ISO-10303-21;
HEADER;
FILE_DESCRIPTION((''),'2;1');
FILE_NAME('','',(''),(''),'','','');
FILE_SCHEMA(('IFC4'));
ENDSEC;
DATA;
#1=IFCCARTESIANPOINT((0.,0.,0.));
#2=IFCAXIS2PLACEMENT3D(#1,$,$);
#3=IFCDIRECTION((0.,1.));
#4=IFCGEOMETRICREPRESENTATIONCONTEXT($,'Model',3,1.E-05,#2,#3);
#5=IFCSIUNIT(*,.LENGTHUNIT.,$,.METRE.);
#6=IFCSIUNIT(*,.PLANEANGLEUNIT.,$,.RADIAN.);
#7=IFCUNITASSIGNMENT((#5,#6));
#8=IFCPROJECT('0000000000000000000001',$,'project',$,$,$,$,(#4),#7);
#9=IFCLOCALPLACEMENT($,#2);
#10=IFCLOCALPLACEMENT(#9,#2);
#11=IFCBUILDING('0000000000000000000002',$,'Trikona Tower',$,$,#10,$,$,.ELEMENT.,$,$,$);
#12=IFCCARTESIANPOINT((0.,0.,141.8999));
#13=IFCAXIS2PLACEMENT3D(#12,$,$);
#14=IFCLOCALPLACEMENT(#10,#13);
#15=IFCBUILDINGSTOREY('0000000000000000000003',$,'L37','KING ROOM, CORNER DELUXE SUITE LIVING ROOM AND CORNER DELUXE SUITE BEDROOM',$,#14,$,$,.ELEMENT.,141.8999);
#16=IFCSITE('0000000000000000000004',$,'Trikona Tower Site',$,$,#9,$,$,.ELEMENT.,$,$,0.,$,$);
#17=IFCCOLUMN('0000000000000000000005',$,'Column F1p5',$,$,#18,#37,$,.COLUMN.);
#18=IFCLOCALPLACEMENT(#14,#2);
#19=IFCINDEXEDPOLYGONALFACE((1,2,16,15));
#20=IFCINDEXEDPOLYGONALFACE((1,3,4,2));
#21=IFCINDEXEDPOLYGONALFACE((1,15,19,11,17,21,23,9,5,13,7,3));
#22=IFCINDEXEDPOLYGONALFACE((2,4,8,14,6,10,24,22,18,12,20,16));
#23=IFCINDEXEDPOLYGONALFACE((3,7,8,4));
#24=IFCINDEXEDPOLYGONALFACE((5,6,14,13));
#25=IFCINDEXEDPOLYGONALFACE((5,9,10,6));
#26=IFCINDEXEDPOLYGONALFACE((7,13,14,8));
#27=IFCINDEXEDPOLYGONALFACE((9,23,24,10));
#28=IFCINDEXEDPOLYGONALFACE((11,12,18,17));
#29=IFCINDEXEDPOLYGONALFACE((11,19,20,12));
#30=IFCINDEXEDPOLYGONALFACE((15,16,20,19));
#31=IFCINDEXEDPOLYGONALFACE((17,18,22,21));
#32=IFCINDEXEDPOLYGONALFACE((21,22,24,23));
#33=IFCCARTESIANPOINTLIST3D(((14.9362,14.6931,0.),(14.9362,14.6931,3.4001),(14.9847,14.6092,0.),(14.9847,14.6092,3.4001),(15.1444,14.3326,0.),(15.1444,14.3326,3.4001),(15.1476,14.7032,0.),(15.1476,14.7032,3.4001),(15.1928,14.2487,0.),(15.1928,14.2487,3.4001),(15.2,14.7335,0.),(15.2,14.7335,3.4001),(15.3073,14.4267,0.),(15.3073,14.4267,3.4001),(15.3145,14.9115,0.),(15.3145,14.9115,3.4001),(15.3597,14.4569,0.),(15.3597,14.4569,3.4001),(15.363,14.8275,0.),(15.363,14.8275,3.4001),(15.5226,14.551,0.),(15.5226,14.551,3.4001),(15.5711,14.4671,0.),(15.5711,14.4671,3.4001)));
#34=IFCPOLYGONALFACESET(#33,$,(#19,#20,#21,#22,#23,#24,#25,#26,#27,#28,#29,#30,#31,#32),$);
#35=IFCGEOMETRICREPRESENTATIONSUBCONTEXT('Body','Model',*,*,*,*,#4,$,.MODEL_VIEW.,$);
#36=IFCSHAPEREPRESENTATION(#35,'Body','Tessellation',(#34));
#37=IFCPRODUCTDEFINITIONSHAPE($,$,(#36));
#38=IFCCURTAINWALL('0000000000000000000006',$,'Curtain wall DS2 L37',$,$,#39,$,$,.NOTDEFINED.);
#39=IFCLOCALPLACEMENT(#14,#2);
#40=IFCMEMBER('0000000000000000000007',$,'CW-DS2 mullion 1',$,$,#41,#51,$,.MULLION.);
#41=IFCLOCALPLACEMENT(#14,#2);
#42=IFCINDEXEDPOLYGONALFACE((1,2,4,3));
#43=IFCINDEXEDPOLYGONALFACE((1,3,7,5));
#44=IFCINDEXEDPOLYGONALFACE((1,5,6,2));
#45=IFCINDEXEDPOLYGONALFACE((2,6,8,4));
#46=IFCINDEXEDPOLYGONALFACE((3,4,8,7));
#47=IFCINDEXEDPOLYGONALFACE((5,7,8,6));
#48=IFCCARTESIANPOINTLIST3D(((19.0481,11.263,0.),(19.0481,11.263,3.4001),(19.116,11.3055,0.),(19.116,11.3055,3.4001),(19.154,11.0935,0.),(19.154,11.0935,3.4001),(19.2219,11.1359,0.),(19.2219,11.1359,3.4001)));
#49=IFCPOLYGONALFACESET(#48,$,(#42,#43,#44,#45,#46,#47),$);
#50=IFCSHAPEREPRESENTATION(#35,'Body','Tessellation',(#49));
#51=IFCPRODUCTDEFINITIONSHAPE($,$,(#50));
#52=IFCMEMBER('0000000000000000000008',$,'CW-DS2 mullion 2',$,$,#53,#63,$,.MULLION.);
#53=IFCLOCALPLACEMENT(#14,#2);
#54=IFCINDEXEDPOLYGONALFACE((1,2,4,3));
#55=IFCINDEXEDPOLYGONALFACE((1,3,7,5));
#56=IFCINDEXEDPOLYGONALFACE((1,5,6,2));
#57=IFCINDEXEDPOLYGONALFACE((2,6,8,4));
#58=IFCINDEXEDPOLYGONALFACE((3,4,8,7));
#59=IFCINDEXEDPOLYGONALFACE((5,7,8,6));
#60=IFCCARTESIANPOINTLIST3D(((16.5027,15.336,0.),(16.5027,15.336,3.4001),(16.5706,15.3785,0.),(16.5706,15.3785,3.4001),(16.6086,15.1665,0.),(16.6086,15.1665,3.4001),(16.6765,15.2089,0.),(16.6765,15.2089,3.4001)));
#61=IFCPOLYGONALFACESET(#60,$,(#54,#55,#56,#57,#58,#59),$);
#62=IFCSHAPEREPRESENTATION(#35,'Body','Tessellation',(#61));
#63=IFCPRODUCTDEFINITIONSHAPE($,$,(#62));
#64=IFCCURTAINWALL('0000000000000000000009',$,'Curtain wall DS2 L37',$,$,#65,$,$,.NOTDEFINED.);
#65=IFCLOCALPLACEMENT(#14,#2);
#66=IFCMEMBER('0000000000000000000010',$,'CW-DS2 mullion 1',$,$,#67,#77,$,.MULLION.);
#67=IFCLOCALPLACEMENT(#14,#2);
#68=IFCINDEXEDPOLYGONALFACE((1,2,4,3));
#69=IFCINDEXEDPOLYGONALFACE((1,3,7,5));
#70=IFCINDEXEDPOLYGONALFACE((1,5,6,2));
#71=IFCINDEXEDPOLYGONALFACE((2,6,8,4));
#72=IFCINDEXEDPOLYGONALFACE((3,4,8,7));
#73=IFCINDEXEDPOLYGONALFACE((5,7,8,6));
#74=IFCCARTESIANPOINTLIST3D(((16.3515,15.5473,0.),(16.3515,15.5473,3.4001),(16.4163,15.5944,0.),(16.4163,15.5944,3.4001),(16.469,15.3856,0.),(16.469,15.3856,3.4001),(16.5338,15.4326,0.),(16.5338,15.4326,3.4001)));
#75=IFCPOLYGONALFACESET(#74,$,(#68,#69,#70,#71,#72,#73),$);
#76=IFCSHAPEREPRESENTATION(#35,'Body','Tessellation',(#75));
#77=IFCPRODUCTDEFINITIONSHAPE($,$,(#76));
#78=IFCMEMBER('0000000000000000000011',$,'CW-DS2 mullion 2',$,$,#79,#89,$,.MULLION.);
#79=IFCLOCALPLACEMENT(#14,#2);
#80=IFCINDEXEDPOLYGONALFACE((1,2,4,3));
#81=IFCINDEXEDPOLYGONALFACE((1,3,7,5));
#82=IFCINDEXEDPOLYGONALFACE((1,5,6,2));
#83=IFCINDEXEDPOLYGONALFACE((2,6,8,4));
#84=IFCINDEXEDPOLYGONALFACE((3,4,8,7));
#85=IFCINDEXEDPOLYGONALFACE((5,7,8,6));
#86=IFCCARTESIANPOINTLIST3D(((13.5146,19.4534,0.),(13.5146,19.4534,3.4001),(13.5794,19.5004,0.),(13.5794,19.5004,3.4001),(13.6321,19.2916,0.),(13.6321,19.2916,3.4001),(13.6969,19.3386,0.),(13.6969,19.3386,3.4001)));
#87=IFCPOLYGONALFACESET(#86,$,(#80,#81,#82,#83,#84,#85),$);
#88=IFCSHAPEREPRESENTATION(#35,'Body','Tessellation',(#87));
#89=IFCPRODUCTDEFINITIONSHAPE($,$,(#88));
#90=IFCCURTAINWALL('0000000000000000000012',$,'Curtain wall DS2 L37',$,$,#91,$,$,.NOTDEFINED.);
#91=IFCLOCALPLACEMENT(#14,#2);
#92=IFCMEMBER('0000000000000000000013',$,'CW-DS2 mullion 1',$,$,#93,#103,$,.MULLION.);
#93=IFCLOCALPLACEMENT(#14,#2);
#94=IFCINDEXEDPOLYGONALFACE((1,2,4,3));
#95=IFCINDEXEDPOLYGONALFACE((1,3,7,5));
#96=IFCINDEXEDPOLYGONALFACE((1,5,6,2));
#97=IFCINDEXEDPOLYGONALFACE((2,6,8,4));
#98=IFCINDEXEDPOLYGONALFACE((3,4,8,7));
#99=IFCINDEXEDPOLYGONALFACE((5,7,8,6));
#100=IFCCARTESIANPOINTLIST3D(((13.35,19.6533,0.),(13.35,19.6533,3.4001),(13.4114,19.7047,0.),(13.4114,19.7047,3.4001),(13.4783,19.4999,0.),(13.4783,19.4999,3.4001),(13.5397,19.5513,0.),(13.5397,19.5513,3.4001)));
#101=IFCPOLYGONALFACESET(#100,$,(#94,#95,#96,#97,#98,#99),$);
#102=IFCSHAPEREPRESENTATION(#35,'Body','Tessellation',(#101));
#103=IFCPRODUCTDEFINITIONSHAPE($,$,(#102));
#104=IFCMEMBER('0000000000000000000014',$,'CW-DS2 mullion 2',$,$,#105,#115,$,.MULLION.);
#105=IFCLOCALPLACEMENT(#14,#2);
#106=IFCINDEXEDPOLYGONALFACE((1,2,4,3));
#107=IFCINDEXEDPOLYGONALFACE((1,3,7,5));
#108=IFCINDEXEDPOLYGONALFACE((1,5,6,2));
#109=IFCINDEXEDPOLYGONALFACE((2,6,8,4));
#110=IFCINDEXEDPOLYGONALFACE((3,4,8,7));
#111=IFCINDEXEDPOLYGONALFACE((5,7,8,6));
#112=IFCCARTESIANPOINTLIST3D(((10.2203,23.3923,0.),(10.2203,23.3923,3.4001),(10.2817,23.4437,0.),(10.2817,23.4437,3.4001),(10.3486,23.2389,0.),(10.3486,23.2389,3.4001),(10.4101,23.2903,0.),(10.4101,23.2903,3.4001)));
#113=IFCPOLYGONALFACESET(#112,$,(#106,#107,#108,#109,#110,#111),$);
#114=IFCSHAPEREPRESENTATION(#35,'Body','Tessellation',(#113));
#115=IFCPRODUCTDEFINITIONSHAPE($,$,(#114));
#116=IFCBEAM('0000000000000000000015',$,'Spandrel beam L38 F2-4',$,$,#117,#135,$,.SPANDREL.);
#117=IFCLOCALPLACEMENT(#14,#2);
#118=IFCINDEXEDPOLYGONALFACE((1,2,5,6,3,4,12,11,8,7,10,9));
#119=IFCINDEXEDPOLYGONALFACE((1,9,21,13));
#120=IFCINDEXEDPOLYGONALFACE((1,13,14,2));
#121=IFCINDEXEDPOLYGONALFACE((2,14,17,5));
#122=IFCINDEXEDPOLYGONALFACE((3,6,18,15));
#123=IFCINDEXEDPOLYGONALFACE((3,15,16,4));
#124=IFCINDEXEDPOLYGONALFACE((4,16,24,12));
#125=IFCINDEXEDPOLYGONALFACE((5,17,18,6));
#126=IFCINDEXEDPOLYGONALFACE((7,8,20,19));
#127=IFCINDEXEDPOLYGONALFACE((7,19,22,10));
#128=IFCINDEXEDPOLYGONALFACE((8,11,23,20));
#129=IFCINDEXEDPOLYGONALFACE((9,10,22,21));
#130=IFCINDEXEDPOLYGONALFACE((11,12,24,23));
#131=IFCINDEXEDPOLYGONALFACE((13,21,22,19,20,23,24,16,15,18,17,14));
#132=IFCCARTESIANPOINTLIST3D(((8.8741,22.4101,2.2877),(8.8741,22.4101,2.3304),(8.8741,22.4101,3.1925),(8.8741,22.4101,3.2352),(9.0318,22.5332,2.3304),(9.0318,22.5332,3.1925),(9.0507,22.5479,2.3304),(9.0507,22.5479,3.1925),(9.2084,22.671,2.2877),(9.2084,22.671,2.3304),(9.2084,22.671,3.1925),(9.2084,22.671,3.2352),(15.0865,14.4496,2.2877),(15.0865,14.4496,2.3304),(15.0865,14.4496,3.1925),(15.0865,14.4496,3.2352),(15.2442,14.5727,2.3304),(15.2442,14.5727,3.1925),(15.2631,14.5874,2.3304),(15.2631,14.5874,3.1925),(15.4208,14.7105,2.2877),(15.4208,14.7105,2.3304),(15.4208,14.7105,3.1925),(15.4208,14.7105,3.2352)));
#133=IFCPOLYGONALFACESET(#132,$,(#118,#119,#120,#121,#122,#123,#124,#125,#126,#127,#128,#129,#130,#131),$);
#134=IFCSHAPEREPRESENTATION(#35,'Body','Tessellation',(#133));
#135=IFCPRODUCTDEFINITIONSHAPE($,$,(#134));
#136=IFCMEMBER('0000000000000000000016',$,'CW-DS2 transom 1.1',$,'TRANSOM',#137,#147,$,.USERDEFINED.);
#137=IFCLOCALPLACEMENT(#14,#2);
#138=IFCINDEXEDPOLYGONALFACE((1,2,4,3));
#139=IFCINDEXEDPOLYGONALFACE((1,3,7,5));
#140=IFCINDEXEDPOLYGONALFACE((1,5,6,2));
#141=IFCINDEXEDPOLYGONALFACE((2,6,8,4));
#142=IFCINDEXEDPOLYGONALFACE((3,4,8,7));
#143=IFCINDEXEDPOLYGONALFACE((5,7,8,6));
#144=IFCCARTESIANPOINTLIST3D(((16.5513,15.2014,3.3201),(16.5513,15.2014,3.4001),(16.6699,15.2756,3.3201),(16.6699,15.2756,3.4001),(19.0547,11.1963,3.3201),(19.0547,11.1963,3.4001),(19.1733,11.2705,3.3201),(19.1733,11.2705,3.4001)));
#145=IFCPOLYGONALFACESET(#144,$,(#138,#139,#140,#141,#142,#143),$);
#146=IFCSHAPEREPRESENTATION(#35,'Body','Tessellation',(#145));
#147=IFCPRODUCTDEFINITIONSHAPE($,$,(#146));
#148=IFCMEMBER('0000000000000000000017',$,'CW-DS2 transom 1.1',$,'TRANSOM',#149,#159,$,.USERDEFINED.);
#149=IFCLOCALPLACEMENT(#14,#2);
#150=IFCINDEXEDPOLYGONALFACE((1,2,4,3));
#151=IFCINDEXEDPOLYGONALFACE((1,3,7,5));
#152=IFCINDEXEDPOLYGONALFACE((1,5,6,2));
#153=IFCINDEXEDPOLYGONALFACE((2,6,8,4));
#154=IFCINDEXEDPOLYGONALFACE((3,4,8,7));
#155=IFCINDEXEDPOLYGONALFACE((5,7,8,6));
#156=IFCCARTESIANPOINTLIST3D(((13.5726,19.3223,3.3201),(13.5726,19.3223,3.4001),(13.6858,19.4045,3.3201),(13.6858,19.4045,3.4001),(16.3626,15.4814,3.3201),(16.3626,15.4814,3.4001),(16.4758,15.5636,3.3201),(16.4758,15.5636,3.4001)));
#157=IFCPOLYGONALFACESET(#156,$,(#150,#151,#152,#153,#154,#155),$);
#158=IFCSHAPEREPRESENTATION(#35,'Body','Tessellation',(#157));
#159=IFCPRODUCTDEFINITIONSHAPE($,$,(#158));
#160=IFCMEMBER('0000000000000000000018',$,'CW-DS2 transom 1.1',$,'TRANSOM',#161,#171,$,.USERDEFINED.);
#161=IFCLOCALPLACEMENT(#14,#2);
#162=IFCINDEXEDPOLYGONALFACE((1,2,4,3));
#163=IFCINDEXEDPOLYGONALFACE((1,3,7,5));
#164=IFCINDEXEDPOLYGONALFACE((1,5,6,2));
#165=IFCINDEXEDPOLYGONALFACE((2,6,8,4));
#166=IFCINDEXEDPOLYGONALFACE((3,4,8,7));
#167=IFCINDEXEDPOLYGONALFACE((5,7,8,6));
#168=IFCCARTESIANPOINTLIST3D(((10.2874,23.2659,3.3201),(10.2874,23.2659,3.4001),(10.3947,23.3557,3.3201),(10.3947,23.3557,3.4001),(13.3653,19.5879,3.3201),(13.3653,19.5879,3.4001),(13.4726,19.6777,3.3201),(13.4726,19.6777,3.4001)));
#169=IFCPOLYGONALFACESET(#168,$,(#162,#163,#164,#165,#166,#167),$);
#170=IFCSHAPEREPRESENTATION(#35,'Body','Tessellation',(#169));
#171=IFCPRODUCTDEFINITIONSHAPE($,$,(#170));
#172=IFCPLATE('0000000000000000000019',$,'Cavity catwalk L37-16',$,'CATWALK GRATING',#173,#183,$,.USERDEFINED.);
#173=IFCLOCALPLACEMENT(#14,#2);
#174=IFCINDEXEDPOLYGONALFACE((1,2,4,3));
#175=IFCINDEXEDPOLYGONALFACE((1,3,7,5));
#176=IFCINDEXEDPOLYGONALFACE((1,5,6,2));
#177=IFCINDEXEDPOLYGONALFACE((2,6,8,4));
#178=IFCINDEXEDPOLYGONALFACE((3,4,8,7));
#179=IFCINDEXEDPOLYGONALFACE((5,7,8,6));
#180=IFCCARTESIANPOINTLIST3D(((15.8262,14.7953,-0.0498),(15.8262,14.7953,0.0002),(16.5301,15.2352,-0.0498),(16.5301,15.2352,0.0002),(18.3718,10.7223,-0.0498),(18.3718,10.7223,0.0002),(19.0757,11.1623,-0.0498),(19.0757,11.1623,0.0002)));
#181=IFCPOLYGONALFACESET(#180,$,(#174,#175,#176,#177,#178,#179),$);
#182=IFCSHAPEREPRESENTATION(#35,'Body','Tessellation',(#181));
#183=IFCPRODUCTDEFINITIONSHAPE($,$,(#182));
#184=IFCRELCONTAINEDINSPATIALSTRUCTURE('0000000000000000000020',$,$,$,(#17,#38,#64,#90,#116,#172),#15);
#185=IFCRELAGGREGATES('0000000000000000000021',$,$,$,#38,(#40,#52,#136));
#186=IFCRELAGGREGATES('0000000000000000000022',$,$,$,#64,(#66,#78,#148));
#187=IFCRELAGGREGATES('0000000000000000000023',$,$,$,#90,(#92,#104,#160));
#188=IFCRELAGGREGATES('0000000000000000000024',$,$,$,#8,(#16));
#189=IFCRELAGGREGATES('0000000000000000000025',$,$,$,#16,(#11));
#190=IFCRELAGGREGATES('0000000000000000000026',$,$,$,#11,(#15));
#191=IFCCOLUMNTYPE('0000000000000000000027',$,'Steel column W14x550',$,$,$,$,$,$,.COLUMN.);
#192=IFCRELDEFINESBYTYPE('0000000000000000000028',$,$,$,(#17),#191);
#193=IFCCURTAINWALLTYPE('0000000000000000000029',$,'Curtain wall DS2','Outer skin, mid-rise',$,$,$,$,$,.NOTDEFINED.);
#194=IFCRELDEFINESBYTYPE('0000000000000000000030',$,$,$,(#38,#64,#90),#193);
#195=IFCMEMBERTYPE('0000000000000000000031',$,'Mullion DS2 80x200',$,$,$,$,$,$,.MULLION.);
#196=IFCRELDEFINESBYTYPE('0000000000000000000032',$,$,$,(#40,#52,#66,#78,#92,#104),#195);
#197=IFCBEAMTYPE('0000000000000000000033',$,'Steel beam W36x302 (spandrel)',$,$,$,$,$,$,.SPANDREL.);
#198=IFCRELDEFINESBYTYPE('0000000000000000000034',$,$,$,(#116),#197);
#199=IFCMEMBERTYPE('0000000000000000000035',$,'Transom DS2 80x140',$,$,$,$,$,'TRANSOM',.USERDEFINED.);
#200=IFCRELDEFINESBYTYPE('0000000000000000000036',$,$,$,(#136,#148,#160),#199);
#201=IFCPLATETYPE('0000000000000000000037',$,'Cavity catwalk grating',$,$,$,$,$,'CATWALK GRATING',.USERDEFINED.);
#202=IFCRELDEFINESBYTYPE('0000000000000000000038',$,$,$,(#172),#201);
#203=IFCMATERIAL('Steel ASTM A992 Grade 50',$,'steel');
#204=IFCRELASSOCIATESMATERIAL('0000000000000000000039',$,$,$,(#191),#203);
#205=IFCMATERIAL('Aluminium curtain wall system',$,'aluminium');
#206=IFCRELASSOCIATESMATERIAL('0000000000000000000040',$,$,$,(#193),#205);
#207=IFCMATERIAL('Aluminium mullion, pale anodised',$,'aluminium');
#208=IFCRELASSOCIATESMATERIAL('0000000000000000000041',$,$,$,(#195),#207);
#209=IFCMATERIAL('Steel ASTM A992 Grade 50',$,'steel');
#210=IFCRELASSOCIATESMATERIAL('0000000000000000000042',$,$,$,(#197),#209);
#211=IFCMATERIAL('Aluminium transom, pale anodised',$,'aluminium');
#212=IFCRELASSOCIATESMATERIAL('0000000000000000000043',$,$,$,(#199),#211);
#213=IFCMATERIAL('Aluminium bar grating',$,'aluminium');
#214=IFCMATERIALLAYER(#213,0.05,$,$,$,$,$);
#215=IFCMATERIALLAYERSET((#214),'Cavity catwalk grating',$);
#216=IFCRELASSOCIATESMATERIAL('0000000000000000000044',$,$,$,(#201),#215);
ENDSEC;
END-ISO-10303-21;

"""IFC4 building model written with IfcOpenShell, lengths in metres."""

from ifc_helpers import new_model, si_unit, direction, frame, origin, origin_2d, place, context, subcontext, project, spatial, rectangle, i_section, extrude, material, layer, layer_set, material_profile, profile_set, type_object, element, aggregate, save


model = new_model("IFC4")

# Units and contexts
model_context = context("Model", 3, precision=1e-05, world=origin(), true_north=direction((0.0, 1.0)))
body_context = subcontext(model_context, "Body", "Model", "MODEL_VIEW")
ifc_project = project(units=[si_unit("LENGTHUNIT", "METRE"), si_unit("PLANEANGLEUNIT", "RADIAN")], contexts=[model_context])

# Site, building, storey
site_placement = place(None, origin())
site = spatial("IfcSite", under=ifc_project, at=site_placement, Name="Trikona Tower Site", CompositionType="ELEMENT", RefElevation=0.0)
building_placement = place(site_placement, origin())
building = spatial("IfcBuilding", under=site, at=building_placement, Name="Trikona Tower", CompositionType="ELEMENT")
storey_placement = place(building_placement, frame((0.0, 0.0, 141.8999)))
storey = spatial("IfcBuildingStorey", under=building, at=storey_placement, Name="L37", Description="KING ROOM, CORNER DELUXE SUITE LIVING ROOM AND CORNER DELUXE SUITE BEDROOM", CompositionType="ELEMENT", Elevation=141.8999)

# Column
ifc_material_1 = material(Name="Steel ASTM A992 Grade 50", Category="steel")
ifc_material_profile_1 = material_profile(ifc_material_1, i_section(OverallWidth=0.4368, OverallDepth=0.5132, WebThickness=0.0605, FlangeThickness=0.0969, at=origin_2d()), Name="W14X550")
ifc_profile_set_1 = profile_set([ifc_material_profile_1], Name="Steel ASTM A992 Grade 50")
column_type = type_object("IfcColumnType", Name="Steel column W14x550", PredefinedType="COLUMN", material=ifc_profile_set_1)
column_placement = place(storey_placement, frame((15.2537, 14.5801, 0.0), z_axis=(0.0, 0.0, 1.0), x_axis=(0.866025, 0.5, 0.0)))
element("IfcColumn", 1, at=column_placement, inside=storey, type_object=column_type, Name="Column F1p5", PredefinedType="COLUMN", context=body_context, shape_type="SweptSolid", body=[
    extrude(i_section(OverallWidth=0.4368, OverallDepth=0.5132, WebThickness=0.0605, FlangeThickness=0.0969, at=origin_2d()), origin(), (0.0, 0.0, 1.0), 3.4001),
])

# Curtain walls, members
ifc_material_2 = material(Name="Aluminium curtain wall system", Category="aluminium")
curtain_wall_type = type_object("IfcCurtainWallType", Name="Curtain wall DS2", Description="Outer skin, mid-rise", PredefinedType="NOTDEFINED", material=ifc_material_2)
curtain_wall_1_placement = place(storey_placement, origin())
curtain_wall_1 = element("IfcCurtainWall", 2, at=curtain_wall_1_placement, inside=storey, type_object=curtain_wall_type, Name="Curtain wall DS2 L37", PredefinedType="NOTDEFINED")
ifc_material_3 = material(Name="Aluminium mullion, pale anodised", Category="aluminium")
ifc_material_profile_2 = material_profile(ifc_material_3, rectangle(XDim=0.0801, YDim=0.2, at=origin_2d()), Name="MUL-DS2")
ifc_profile_set_2 = profile_set([ifc_material_profile_2], Name="Aluminium mullion, pale anodised")
member_type_1 = type_object("IfcMemberType", Name="Mullion DS2 80x200", PredefinedType="MULLION", material=ifc_profile_set_2)
member_1_placement = place(storey_placement, frame((19.135, 11.1995, 0.0), z_axis=(0.0, 0.0, 1.0), x_axis=(-0.847998, -0.529999, 0.0)))
member_1 = element("IfcMember", 3, at=member_1_placement, type_object=member_type_1, Name="CW-DS2 mullion 1", PredefinedType="MULLION", context=body_context, shape_type="SweptSolid", body=[
    extrude(rectangle(XDim=0.0801, YDim=0.2, at=origin_2d()), origin(), (0.0, 0.0, 1.0), 3.4001),
])
member_2_placement = place(storey_placement, frame((16.5896, 15.2725, 0.0), z_axis=(0.0, 0.0, 1.0), x_axis=(-0.847998, -0.529999, 0.0)))
member_2 = element("IfcMember", 4, at=member_2_placement, type_object=member_type_1, Name="CW-DS2 mullion 2", PredefinedType="MULLION", context=body_context, shape_type="SweptSolid", body=[
    extrude(rectangle(XDim=0.0801, YDim=0.2, at=origin_2d()), origin(), (0.0, 0.0, 1.0), 3.4001),
])
curtain_wall_2_placement = place(storey_placement, origin())
curtain_wall_2 = element("IfcCurtainWall", 5, at=curtain_wall_2_placement, inside=storey, type_object=curtain_wall_type, Name="Curtain wall DS2 L37", PredefinedType="NOTDEFINED")
member_3_placement = place(storey_placement, frame((16.4426, 15.49, 0.0), z_axis=(0.0, 0.0, 1.0), x_axis=(-0.809086, -0.587691, 0.0)))
member_3 = element("IfcMember", 6, at=member_3_placement, type_object=member_type_1, Name="CW-DS2 mullion 1", PredefinedType="MULLION", context=body_context, shape_type="SweptSolid", body=[
    extrude(rectangle(XDim=0.0801, YDim=0.2, at=origin_2d()), origin(), (0.0, 0.0, 1.0), 3.4001),
])
member_4_placement = place(storey_placement, frame((13.6057, 19.396, 0.0), z_axis=(0.0, 0.0, 1.0), x_axis=(-0.809086, -0.587691, 0.0)))
member_4 = element("IfcMember", 7, at=member_4_placement, type_object=member_type_1, Name="CW-DS2 mullion 2", PredefinedType="MULLION", context=body_context, shape_type="SweptSolid", body=[
    extrude(rectangle(XDim=0.0801, YDim=0.2, at=origin_2d()), origin(), (0.0, 0.0, 1.0), 3.4001),
])
curtain_wall_3_placement = place(storey_placement, origin())
curtain_wall_3 = element("IfcCurtainWall", 8, at=curtain_wall_3_placement, inside=storey, type_object=curtain_wall_type, Name="Curtain wall DS2 L37", PredefinedType="NOTDEFINED")
member_5_placement = place(storey_placement, frame((13.4448, 19.6023, 0.0), z_axis=(0.0, 0.0, 1.0), x_axis=(-0.766867, -0.641806, 0.0)))
member_5 = element("IfcMember", 9, at=member_5_placement, type_object=member_type_1, Name="CW-DS2 mullion 1", PredefinedType="MULLION", context=body_context, shape_type="SweptSolid", body=[
    extrude(rectangle(XDim=0.0801, YDim=0.2, at=origin_2d()), origin(), (0.0, 0.0, 1.0), 3.4001),
])
member_6_placement = place(storey_placement, frame((10.3152, 23.3413, 0.0), z_axis=(0.0, 0.0, 1.0), x_axis=(-0.766867, -0.641806, 0.0)))
member_6 = element("IfcMember", 10, at=member_6_placement, type_object=member_type_1, Name="CW-DS2 mullion 2", PredefinedType="MULLION", context=body_context, shape_type="SweptSolid", body=[
    extrude(rectangle(XDim=0.0801, YDim=0.2, at=origin_2d()), origin(), (0.0, 0.0, 1.0), 3.4001),
])

# Beam
ifc_material_4 = material(Name="Steel ASTM A992 Grade 50", Category="steel")
ifc_material_profile_3 = material_profile(ifc_material_4, i_section(OverallWidth=0.4241, OverallDepth=0.9475, WebThickness=0.0239, FlangeThickness=0.0427, at=origin_2d()), Name="W36X302")
ifc_profile_set_3 = profile_set([ifc_material_profile_3], Name="Steel ASTM A992 Grade 50")
beam_type = type_object("IfcBeamType", Name="Steel beam W36x302 (spandrel)", PredefinedType="SPANDREL", material=ifc_profile_set_3)
beam_placement = place(storey_placement, frame((15.2537, 14.5801, 2.7615), z_axis=(-0.615232, 0.788346, 0.0), x_axis=(-0.788346, -0.615232, 0.0)))
element("IfcBeam", 11, at=beam_placement, inside=storey, type_object=beam_type, Name="Spandrel beam L38 F2-4", PredefinedType="SPANDREL", context=body_context, shape_type="SweptSolid", body=[
    extrude(i_section(OverallWidth=0.4241, OverallDepth=0.9475, WebThickness=0.0239, FlangeThickness=0.0427, at=origin_2d()), origin(), (0.0, 0.0, 1.0), 10.0977),
])

# Members
ifc_material_5 = material(Name="Aluminium transom, pale anodised", Category="aluminium")
ifc_material_profile_4 = material_profile(ifc_material_5, rectangle(XDim=0.1399, YDim=0.0801, at=origin_2d()), Name="TRN-DS2")
ifc_profile_set_4 = profile_set([ifc_material_profile_4], Name="Aluminium transom, pale anodised")
member_type_2 = type_object("IfcMemberType", Name="Transom DS2 80x140", ElementType="TRANSOM", PredefinedType="USERDEFINED", material=ifc_profile_set_4)
member_7_placement = place(storey_placement, frame((19.114, 11.2334, 3.3601), z_axis=(-0.530031, 0.847978, 0.0), x_axis=(-0.847978, -0.530031, 0.0)))
member_7 = element("IfcMember", 12, at=member_7_placement, type_object=member_type_2, Name="CW-DS2 transom 1.1", ObjectType="TRANSOM", PredefinedType="USERDEFINED", context=body_context, shape_type="SweptSolid", body=[
    extrude(rectangle(XDim=0.1399, YDim=0.0801, at=origin_2d()), origin(), (0.0, 0.0, 1.0), 4.7231),
])
member_8_placement = place(storey_placement, frame((16.4192, 15.5225, 3.3601), z_axis=(-0.587695, 0.809083, 0.0), x_axis=(-0.809083, -0.587695, 0.0)))
member_8 = element("IfcMember", 13, at=member_8_placement, type_object=member_type_2, Name="CW-DS2 transom 1.1", ObjectType="TRANSOM", PredefinedType="USERDEFINED", context=body_context, shape_type="SweptSolid", body=[
    extrude(rectangle(XDim=0.1399, YDim=0.0801, at=origin_2d()), origin(), (0.0, 0.0, 1.0), 4.7473),
])
member_9_placement = place(storey_placement, frame((13.4189, 19.6328, 3.3601), z_axis=(-0.64177, 0.766897, 0.0), x_axis=(-0.766897, -0.64177, 0.0)))
member_9 = element("IfcMember", 14, at=member_9_placement, type_object=member_type_2, Name="CW-DS2 transom 1.1", ObjectType="TRANSOM", PredefinedType="USERDEFINED", context=body_context, shape_type="SweptSolid", body=[
    extrude(rectangle(XDim=0.1399, YDim=0.0801, at=origin_2d()), origin(), (0.0, 0.0, 1.0), 4.7959),
])

# Plate
ifc_material_6 = material(Name="Aluminium bar grating", Category="aluminium")
ifc_layer_1 = layer(ifc_material_6, 0.05)
ifc_layer_set_1 = layer_set([ifc_layer_1], Name="Cavity catwalk grating")
plate_type_1 = type_object("IfcPlateType", Name="Cavity catwalk grating", ElementType="CATWALK GRATING", PredefinedType="USERDEFINED", material=ifc_layer_set_1)
plate_1_placement = place(storey_placement, frame((17.4509, 12.9788, -0.0498), z_axis=(0.0, 0.0, 1.0), x_axis=(-0.529995, 0.848001, 0.0)))
element("IfcPlate", 15, at=plate_1_placement, inside=storey, type_object=plate_type_1, Name="Cavity catwalk L37-16", ObjectType="CATWALK GRATING", PredefinedType="USERDEFINED", context=body_context, shape_type="SweptSolid", body=[
    extrude(rectangle(XDim=4.803, YDim=0.8301, at=origin_2d()), origin(), (0.0, 0.0, 1.0), 0.05),
])

aggregate(curtain_wall_1, [member_1, member_2, member_7])
aggregate(curtain_wall_2, [member_3, member_4, member_8])
aggregate(curtain_wall_3, [member_5, member_6, member_9])

save(model, "model.ifc")
